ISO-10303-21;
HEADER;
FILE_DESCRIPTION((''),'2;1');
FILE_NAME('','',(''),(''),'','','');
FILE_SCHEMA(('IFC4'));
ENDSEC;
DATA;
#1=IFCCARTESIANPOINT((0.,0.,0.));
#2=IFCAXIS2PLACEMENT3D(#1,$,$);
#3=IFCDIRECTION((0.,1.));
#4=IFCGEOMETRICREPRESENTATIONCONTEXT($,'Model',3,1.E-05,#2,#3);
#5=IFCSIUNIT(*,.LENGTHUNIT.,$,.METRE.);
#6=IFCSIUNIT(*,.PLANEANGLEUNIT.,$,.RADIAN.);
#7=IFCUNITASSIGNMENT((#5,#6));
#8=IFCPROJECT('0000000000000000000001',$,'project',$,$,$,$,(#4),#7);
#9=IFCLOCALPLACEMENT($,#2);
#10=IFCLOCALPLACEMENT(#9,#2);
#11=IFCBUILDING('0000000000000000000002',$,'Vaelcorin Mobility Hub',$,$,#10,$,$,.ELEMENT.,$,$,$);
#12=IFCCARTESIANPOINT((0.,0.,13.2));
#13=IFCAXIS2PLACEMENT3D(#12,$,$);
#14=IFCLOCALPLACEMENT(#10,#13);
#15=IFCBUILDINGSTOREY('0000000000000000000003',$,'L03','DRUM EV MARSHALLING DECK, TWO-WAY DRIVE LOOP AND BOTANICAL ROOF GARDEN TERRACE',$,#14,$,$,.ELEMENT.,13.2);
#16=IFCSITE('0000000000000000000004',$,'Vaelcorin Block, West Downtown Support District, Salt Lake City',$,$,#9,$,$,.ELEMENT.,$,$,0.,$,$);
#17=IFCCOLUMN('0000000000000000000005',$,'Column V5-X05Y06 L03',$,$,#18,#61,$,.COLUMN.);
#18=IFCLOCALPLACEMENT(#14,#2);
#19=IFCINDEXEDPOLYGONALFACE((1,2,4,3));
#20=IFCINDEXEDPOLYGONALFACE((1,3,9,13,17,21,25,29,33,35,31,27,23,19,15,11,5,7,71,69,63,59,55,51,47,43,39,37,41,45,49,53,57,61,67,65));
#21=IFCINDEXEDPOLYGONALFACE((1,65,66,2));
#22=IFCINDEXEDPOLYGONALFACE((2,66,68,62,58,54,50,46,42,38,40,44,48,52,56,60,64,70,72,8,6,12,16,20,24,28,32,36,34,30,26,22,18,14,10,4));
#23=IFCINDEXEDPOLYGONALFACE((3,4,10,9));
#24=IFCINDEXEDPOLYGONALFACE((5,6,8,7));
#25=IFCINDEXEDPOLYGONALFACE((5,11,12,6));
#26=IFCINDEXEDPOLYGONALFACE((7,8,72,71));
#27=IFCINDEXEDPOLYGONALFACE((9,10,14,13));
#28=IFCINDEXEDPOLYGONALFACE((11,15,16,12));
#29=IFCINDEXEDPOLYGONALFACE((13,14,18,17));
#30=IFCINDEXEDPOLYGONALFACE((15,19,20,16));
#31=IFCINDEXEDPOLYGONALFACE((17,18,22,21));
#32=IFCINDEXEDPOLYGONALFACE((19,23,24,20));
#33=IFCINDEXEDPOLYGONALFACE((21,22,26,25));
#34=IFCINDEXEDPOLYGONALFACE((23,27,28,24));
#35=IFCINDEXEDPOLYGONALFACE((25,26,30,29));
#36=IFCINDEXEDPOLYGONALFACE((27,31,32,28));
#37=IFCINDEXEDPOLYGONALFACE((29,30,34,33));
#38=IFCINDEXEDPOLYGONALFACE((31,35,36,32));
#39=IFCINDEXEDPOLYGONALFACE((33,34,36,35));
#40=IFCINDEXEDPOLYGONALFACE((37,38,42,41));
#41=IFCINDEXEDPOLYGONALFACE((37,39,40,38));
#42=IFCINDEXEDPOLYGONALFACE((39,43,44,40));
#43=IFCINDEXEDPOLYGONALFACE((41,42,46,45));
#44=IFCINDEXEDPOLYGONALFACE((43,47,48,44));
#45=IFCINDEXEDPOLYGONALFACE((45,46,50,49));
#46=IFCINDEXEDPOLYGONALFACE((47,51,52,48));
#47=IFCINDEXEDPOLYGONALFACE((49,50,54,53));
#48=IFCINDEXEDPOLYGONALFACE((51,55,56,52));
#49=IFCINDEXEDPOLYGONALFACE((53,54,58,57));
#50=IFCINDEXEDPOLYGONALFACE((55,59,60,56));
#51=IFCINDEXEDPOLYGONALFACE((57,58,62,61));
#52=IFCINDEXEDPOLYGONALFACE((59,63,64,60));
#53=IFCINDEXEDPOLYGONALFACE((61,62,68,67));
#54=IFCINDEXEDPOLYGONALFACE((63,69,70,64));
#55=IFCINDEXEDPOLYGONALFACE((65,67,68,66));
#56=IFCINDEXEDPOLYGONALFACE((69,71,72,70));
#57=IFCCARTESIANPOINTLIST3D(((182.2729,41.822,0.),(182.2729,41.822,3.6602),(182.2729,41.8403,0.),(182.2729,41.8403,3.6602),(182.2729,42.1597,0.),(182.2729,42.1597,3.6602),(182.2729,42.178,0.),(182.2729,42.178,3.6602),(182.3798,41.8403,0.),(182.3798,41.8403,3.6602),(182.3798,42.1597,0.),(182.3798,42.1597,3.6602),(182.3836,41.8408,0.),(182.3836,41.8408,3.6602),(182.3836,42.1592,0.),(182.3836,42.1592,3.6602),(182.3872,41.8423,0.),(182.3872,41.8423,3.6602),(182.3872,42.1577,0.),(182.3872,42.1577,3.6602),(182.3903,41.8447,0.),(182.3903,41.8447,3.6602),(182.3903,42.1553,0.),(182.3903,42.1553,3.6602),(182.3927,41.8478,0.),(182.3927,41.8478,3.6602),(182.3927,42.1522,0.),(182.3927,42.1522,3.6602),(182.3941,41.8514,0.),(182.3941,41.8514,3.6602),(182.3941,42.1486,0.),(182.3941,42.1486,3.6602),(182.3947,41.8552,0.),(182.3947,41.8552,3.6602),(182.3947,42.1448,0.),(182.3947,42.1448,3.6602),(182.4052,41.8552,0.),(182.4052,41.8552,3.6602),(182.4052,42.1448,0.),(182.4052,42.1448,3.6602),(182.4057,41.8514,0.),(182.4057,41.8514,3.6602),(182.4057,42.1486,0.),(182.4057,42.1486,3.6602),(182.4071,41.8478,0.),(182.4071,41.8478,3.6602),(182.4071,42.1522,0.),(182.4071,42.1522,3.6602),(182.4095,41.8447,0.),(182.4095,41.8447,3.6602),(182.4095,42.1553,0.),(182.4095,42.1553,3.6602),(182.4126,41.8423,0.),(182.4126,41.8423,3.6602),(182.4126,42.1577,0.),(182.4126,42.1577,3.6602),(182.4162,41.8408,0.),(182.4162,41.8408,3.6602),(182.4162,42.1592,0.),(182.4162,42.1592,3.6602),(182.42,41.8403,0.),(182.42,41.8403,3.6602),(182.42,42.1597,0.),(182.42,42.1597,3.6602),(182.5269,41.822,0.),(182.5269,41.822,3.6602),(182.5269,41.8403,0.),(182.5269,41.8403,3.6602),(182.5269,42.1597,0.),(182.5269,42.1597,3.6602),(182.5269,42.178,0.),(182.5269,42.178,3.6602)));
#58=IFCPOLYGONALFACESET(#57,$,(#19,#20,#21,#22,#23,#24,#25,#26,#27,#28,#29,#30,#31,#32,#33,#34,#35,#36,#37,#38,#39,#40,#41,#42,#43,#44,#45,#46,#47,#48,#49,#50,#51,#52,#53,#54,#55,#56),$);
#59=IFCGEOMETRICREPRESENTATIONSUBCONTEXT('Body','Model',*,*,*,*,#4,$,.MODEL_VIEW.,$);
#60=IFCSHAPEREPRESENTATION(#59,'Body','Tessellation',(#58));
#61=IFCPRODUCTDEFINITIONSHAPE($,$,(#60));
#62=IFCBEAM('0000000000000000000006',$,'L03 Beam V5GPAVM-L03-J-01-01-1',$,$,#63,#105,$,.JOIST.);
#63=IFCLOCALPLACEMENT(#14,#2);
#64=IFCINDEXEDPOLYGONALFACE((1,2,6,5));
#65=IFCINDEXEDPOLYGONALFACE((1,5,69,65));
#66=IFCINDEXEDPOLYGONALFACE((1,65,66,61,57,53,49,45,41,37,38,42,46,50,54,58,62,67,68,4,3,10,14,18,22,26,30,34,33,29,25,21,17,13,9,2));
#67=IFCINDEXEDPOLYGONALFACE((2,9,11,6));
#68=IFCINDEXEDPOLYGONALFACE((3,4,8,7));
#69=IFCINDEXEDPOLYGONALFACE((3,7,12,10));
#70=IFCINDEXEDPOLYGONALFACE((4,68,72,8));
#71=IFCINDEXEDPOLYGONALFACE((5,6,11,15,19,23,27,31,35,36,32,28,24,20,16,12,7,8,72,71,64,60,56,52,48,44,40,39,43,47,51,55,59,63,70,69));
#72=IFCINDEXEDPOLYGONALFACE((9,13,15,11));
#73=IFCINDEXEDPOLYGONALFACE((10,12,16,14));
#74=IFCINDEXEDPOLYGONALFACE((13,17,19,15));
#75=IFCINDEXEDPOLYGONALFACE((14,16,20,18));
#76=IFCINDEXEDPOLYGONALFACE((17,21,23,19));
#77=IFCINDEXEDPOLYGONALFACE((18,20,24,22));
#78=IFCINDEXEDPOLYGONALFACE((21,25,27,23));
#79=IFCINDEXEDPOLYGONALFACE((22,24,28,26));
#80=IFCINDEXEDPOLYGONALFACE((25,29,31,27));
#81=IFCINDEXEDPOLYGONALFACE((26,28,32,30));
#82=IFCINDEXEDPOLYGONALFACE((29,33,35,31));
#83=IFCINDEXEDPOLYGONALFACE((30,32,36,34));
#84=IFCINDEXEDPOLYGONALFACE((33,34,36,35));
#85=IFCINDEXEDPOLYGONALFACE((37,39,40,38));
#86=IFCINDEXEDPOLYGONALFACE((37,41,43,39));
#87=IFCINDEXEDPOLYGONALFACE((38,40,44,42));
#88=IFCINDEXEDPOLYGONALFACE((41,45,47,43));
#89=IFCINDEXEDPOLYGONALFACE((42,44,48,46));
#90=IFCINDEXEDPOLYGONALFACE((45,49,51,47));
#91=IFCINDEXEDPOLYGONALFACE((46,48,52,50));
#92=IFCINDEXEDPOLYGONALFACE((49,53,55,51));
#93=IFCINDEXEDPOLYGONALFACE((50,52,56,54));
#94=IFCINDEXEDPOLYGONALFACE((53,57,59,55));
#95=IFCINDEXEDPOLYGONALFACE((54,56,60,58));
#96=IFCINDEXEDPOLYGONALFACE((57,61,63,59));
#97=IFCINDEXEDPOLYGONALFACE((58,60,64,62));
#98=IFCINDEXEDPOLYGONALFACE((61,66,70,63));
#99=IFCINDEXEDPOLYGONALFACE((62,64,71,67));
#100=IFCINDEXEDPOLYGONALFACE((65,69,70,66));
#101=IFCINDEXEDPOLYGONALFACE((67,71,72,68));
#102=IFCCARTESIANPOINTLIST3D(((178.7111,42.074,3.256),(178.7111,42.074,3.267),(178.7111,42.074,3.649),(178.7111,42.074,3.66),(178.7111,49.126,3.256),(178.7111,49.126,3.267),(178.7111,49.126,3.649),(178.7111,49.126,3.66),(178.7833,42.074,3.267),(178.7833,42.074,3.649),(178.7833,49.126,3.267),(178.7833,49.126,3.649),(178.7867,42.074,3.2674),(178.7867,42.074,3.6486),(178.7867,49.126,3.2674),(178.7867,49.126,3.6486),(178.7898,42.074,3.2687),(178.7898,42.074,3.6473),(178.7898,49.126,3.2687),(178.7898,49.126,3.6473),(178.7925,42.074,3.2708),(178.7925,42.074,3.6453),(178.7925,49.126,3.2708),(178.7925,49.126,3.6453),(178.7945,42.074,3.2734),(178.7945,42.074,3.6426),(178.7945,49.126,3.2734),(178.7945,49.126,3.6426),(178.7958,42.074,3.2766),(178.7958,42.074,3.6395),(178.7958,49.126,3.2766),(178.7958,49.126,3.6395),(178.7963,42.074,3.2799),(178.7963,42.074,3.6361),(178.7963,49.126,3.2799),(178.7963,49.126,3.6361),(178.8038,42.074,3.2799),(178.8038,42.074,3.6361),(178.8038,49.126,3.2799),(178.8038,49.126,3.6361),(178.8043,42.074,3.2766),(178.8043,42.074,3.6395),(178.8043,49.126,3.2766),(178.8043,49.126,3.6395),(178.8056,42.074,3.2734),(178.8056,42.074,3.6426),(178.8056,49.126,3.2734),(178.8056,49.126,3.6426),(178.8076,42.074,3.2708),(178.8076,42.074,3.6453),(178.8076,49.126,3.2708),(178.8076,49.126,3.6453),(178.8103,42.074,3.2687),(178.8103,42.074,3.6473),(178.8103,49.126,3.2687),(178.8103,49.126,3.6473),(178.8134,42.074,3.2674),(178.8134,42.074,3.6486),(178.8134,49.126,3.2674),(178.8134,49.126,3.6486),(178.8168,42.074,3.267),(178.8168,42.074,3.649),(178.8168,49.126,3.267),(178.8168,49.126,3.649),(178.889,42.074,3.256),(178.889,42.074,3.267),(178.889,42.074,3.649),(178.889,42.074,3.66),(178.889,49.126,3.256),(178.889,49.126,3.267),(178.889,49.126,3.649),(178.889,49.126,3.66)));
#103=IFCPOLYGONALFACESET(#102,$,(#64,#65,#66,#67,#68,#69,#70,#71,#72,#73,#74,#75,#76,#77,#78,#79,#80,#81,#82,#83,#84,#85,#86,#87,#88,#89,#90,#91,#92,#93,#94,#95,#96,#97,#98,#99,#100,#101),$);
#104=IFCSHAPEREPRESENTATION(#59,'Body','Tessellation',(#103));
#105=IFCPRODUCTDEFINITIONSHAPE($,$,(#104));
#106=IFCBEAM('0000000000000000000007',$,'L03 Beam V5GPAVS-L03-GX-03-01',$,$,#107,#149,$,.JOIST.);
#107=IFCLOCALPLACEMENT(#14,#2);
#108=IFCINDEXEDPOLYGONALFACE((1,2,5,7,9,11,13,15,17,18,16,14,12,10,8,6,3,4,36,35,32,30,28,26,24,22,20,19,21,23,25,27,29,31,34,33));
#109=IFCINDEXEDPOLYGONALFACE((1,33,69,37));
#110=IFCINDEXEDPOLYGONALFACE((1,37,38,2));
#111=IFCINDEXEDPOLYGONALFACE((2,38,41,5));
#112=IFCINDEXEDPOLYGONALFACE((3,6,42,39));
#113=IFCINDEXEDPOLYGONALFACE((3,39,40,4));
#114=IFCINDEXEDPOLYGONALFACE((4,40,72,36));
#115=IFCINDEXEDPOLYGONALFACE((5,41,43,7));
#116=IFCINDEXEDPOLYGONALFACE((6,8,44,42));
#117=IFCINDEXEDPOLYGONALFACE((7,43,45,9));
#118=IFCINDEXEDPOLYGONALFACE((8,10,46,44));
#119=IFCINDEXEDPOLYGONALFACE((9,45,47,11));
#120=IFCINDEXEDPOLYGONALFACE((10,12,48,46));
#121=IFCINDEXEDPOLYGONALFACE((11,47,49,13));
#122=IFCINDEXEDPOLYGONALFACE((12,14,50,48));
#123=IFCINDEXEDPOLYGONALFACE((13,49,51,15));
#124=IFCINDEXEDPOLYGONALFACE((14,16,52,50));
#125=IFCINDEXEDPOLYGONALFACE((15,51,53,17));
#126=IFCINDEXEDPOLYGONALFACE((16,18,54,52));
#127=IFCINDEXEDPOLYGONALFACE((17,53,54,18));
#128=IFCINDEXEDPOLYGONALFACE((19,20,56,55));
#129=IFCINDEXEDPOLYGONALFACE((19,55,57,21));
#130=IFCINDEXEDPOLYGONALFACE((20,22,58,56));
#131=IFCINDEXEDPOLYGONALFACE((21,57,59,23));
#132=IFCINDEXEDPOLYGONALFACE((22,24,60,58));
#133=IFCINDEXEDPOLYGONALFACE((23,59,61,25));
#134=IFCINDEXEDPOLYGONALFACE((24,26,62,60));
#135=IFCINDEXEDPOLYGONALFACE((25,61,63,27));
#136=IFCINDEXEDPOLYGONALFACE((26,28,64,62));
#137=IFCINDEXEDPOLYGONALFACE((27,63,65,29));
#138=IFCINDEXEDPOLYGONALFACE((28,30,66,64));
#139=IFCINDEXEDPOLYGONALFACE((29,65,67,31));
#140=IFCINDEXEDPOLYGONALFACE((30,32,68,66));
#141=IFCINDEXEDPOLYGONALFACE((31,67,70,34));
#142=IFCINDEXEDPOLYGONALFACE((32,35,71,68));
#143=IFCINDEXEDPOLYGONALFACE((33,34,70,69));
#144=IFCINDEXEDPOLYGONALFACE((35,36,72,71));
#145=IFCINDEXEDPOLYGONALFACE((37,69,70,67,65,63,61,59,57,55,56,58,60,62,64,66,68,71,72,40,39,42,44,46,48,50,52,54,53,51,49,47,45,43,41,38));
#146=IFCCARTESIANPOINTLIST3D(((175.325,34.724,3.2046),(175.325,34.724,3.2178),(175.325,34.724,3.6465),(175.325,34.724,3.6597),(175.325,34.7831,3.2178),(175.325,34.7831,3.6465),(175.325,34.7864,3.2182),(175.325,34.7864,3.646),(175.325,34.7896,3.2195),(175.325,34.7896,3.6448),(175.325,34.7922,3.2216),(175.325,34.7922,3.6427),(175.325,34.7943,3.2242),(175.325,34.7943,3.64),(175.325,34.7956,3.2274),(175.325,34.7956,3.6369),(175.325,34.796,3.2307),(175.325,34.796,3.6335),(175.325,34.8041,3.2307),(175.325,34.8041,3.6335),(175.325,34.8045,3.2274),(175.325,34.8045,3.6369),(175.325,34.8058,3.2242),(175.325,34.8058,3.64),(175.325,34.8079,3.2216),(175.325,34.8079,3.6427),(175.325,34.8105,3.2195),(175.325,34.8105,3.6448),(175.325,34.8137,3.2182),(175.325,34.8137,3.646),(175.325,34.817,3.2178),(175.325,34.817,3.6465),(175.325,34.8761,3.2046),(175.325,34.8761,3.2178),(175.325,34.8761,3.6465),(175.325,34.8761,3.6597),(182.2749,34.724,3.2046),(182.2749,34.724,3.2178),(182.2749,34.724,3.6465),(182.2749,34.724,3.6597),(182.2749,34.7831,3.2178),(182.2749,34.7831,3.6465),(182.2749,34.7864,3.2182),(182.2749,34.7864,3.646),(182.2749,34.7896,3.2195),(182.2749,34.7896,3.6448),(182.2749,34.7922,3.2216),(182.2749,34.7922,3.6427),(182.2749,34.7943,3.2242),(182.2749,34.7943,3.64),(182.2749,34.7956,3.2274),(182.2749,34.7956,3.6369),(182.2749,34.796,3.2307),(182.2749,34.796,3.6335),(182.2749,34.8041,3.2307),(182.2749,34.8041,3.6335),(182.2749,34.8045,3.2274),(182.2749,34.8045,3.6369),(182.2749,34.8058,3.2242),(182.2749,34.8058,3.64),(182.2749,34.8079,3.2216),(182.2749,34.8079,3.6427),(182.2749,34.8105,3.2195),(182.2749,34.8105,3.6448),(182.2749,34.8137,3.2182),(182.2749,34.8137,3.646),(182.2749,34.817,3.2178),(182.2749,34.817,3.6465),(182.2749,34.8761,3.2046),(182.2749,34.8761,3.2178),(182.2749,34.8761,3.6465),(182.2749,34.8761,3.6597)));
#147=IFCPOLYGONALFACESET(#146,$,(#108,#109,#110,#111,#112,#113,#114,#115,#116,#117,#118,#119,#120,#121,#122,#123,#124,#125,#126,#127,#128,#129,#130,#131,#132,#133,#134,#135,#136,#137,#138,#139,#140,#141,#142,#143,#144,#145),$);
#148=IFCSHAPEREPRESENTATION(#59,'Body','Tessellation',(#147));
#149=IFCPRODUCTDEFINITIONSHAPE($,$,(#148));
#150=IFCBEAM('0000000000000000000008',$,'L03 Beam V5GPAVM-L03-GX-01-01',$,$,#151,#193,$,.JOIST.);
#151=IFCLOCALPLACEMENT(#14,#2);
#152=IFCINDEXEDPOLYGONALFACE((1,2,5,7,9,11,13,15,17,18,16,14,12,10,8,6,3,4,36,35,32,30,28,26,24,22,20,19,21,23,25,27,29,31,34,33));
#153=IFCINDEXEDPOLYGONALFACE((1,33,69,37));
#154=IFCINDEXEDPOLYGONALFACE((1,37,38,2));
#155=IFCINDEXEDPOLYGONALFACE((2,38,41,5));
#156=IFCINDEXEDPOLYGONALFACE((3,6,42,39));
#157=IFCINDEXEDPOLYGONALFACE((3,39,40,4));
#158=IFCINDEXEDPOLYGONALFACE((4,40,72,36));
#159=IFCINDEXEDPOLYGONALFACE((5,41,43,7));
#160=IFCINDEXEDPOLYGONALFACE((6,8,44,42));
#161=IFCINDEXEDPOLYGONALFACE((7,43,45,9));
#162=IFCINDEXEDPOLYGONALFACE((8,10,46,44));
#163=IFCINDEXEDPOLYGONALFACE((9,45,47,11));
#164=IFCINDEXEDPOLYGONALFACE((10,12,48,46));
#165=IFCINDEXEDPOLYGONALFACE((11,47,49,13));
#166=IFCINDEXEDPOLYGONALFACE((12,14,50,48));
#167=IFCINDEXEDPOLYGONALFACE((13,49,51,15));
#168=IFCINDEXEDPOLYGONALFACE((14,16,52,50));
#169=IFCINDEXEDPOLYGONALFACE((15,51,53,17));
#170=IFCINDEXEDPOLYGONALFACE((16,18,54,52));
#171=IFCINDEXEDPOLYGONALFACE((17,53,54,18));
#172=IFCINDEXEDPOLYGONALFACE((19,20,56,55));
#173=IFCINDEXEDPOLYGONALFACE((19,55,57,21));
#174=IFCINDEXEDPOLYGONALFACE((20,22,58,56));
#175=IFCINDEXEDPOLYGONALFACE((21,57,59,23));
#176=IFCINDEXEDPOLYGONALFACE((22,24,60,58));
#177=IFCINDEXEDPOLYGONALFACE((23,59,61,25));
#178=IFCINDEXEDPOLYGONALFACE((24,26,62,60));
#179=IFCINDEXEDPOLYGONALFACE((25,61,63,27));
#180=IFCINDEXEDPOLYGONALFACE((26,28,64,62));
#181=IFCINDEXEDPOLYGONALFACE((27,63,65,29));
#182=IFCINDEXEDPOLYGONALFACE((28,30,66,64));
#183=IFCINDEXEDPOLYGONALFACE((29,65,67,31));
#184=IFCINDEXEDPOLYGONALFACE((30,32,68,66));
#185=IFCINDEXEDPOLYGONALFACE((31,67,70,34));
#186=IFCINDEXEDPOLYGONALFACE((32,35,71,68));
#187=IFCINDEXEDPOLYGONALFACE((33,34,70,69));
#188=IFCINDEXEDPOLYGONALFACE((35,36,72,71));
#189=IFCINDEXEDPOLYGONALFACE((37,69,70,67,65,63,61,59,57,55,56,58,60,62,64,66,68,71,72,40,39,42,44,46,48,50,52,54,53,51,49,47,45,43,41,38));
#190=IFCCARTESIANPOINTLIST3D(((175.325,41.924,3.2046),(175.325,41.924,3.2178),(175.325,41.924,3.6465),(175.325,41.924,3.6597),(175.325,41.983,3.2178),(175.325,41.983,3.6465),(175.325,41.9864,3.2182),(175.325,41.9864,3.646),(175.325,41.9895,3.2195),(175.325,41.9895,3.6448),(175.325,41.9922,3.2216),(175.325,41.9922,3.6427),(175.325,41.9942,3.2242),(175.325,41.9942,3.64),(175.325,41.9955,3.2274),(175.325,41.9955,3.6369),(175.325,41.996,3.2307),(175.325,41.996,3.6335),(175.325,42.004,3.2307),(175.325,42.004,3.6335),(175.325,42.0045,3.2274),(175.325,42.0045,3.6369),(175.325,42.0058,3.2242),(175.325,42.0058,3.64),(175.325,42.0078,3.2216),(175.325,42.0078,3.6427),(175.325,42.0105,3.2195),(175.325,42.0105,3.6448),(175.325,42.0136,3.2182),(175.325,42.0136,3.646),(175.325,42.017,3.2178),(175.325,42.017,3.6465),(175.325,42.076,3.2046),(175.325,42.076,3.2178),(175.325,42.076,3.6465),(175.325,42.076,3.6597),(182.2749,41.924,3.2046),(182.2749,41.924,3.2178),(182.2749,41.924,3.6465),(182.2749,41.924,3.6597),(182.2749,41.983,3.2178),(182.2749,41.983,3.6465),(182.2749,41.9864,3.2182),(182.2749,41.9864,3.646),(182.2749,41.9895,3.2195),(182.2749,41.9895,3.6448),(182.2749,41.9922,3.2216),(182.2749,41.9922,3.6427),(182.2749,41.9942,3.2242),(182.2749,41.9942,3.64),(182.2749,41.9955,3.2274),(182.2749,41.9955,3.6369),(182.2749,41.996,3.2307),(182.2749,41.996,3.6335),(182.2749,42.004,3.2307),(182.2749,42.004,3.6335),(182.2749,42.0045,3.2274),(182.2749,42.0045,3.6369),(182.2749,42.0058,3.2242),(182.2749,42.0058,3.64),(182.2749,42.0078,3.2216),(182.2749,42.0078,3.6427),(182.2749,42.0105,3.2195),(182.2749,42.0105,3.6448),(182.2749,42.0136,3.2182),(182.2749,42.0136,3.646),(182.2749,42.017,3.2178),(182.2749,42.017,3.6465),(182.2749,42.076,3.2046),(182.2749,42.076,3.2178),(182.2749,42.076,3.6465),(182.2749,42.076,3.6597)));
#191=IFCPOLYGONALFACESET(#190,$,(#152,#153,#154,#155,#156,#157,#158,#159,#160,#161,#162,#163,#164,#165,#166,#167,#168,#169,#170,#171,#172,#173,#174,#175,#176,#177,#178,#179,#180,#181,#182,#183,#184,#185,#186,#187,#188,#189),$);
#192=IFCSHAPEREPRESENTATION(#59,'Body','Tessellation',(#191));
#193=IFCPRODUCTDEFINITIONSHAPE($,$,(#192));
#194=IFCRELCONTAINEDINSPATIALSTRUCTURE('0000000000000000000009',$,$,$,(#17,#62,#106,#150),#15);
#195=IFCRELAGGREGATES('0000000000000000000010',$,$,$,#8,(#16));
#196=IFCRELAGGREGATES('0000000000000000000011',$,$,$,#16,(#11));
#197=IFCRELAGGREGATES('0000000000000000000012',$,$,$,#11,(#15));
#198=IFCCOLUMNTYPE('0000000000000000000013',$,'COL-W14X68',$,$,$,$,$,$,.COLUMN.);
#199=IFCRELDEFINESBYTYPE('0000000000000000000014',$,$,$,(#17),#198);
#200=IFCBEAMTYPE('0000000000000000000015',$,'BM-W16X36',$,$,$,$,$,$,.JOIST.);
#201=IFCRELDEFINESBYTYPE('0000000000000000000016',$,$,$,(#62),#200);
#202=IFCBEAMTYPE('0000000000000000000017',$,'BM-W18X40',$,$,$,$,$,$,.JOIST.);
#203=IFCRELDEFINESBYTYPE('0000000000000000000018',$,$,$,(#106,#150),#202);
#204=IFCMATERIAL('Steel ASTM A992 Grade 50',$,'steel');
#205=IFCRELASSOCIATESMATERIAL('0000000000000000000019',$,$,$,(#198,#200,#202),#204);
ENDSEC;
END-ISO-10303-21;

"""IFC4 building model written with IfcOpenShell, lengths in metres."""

from ifc_helpers import new_model, si_unit, direction, frame, origin, origin_2d, place, context, subcontext, project, spatial, i_section, extrude, material, material_profile, profile_set, type_object, element, save


model = new_model("IFC4")

# Units and contexts
model_context = context("Model", 3, precision=1e-05, world=origin(), true_north=direction((0.0, 1.0)))
body_context = subcontext(model_context, "Body", "Model", "MODEL_VIEW")
ifc_project = project(units=[si_unit("LENGTHUNIT", "METRE"), si_unit("PLANEANGLEUNIT", "RADIAN")], contexts=[model_context])

# Site, building, storey
site_placement = place(None, origin())
site = spatial("IfcSite", under=ifc_project, at=site_placement, Name="Vaelcorin Block, West Downtown Support District, Salt Lake City", CompositionType="ELEMENT", RefElevation=0.0)
building_placement = place(site_placement, origin())
building = spatial("IfcBuilding", under=site, at=building_placement, Name="Vaelcorin Mobility Hub", CompositionType="ELEMENT")
storey_placement = place(building_placement, frame((0.0, 0.0, 13.2)))
storey = spatial("IfcBuildingStorey", under=building, at=storey_placement, Name="L03", Description="DRUM EV MARSHALLING DECK, TWO-WAY DRIVE LOOP AND BOTANICAL ROOF GARDEN TERRACE", CompositionType="ELEMENT", Elevation=13.2)

# Column
ifc_material_1 = material(Name="Steel ASTM A992 Grade 50", Category="steel")
ifc_material_profile_1 = material_profile(ifc_material_1, i_section(OverallWidth=0.2539, OverallDepth=0.356, WebThickness=0.0105, FlangeThickness=0.0183, FilletRadius=0.0149, at=origin_2d()), Name="W14X68")
ifc_profile_set_1 = profile_set([ifc_material_profile_1], Name="Steel ASTM A992 Grade 50")
column_type = type_object("IfcColumnType", Name="COL-W14X68", PredefinedType="COLUMN", material=ifc_profile_set_1)
for number, where, z_axis, x_axis, name in (
    (1, (182.3999, 42.0, 0.0), (0.0, 0.0, 1.0), (1.0, 0.0, 0.0), "Column V5-X05Y06 L03"),
):
    element("IfcColumn", number, at=place(storey_placement, frame(where, z_axis=z_axis, x_axis=x_axis)), inside=storey, type_object=column_type, Name=name, PredefinedType="COLUMN", context=body_context, shape_type="SweptSolid", body=[
        extrude(i_section(OverallWidth=0.2539, OverallDepth=0.356, WebThickness=0.0105, FlangeThickness=0.0183, FilletRadius=0.0149, at=origin_2d()), origin(), (0.0, 0.0, 1.0), 3.6602),
    ])

# Beams
ifc_material_profile_2 = material_profile(ifc_material_1, i_section(OverallWidth=0.178, OverallDepth=0.4041, WebThickness=0.0076, FlangeThickness=0.011, FilletRadius=0.0129, at=origin_2d()), Name="W16X36")
ifc_profile_set_2 = profile_set([ifc_material_profile_2], Name="Steel ASTM A992 Grade 50")
beam_type_1 = type_object("IfcBeamType", Name="BM-W16X36", PredefinedType="JOIST", material=ifc_profile_set_2)
beam_placement = place(storey_placement, frame((178.8, 42.074, 3.458), z_axis=(0.0, 1.0, 0.0), x_axis=(-1.0, 0.0, 0.0)))
element("IfcBeam", 2, at=beam_placement, inside=storey, type_object=beam_type_1, Name="L03 Beam V5GPAVM-L03-J-01-01-1", PredefinedType="JOIST", context=body_context, shape_type="SweptSolid", body=[
    extrude(i_section(OverallWidth=0.178, OverallDepth=0.4041, WebThickness=0.0076, FlangeThickness=0.011, FilletRadius=0.0129, at=origin_2d()), origin(), (0.0, 0.0, 1.0), 7.052),
])
ifc_material_profile_3 = material_profile(ifc_material_1, i_section(OverallWidth=0.1521, OverallDepth=0.4551, WebThickness=0.0081, FlangeThickness=0.0132, FilletRadius=0.0129, at=origin_2d()), Name="W18X40")
ifc_profile_set_3 = profile_set([ifc_material_profile_3], Name="Steel ASTM A992 Grade 50")
beam_type_2 = type_object("IfcBeamType", Name="BM-W18X40", PredefinedType="JOIST", material=ifc_profile_set_3)
for number, where, z_axis, x_axis, name in (
    (3, (175.325, 34.8, 3.4321), (1.0, 0.0, 0.0), (0.0, 1.0, 0.0), "L03 Beam V5GPAVS-L03-GX-03-01"),
    (4, (175.325, 42.0, 3.4321), (1.0, 0.0, 0.0), (0.0, 1.0, 0.0), "L03 Beam V5GPAVM-L03-GX-01-01"),
):
    element("IfcBeam", number, at=place(storey_placement, frame(where, z_axis=z_axis, x_axis=x_axis)), inside=storey, type_object=beam_type_2, Name=name, PredefinedType="JOIST", context=body_context, shape_type="SweptSolid", body=[
        extrude(i_section(OverallWidth=0.1521, OverallDepth=0.4551, WebThickness=0.0081, FlangeThickness=0.0132, FilletRadius=0.0129, at=origin_2d()), origin(), (0.0, 0.0, 1.0), 6.95),
    ])

save(model, "model.ifc")
